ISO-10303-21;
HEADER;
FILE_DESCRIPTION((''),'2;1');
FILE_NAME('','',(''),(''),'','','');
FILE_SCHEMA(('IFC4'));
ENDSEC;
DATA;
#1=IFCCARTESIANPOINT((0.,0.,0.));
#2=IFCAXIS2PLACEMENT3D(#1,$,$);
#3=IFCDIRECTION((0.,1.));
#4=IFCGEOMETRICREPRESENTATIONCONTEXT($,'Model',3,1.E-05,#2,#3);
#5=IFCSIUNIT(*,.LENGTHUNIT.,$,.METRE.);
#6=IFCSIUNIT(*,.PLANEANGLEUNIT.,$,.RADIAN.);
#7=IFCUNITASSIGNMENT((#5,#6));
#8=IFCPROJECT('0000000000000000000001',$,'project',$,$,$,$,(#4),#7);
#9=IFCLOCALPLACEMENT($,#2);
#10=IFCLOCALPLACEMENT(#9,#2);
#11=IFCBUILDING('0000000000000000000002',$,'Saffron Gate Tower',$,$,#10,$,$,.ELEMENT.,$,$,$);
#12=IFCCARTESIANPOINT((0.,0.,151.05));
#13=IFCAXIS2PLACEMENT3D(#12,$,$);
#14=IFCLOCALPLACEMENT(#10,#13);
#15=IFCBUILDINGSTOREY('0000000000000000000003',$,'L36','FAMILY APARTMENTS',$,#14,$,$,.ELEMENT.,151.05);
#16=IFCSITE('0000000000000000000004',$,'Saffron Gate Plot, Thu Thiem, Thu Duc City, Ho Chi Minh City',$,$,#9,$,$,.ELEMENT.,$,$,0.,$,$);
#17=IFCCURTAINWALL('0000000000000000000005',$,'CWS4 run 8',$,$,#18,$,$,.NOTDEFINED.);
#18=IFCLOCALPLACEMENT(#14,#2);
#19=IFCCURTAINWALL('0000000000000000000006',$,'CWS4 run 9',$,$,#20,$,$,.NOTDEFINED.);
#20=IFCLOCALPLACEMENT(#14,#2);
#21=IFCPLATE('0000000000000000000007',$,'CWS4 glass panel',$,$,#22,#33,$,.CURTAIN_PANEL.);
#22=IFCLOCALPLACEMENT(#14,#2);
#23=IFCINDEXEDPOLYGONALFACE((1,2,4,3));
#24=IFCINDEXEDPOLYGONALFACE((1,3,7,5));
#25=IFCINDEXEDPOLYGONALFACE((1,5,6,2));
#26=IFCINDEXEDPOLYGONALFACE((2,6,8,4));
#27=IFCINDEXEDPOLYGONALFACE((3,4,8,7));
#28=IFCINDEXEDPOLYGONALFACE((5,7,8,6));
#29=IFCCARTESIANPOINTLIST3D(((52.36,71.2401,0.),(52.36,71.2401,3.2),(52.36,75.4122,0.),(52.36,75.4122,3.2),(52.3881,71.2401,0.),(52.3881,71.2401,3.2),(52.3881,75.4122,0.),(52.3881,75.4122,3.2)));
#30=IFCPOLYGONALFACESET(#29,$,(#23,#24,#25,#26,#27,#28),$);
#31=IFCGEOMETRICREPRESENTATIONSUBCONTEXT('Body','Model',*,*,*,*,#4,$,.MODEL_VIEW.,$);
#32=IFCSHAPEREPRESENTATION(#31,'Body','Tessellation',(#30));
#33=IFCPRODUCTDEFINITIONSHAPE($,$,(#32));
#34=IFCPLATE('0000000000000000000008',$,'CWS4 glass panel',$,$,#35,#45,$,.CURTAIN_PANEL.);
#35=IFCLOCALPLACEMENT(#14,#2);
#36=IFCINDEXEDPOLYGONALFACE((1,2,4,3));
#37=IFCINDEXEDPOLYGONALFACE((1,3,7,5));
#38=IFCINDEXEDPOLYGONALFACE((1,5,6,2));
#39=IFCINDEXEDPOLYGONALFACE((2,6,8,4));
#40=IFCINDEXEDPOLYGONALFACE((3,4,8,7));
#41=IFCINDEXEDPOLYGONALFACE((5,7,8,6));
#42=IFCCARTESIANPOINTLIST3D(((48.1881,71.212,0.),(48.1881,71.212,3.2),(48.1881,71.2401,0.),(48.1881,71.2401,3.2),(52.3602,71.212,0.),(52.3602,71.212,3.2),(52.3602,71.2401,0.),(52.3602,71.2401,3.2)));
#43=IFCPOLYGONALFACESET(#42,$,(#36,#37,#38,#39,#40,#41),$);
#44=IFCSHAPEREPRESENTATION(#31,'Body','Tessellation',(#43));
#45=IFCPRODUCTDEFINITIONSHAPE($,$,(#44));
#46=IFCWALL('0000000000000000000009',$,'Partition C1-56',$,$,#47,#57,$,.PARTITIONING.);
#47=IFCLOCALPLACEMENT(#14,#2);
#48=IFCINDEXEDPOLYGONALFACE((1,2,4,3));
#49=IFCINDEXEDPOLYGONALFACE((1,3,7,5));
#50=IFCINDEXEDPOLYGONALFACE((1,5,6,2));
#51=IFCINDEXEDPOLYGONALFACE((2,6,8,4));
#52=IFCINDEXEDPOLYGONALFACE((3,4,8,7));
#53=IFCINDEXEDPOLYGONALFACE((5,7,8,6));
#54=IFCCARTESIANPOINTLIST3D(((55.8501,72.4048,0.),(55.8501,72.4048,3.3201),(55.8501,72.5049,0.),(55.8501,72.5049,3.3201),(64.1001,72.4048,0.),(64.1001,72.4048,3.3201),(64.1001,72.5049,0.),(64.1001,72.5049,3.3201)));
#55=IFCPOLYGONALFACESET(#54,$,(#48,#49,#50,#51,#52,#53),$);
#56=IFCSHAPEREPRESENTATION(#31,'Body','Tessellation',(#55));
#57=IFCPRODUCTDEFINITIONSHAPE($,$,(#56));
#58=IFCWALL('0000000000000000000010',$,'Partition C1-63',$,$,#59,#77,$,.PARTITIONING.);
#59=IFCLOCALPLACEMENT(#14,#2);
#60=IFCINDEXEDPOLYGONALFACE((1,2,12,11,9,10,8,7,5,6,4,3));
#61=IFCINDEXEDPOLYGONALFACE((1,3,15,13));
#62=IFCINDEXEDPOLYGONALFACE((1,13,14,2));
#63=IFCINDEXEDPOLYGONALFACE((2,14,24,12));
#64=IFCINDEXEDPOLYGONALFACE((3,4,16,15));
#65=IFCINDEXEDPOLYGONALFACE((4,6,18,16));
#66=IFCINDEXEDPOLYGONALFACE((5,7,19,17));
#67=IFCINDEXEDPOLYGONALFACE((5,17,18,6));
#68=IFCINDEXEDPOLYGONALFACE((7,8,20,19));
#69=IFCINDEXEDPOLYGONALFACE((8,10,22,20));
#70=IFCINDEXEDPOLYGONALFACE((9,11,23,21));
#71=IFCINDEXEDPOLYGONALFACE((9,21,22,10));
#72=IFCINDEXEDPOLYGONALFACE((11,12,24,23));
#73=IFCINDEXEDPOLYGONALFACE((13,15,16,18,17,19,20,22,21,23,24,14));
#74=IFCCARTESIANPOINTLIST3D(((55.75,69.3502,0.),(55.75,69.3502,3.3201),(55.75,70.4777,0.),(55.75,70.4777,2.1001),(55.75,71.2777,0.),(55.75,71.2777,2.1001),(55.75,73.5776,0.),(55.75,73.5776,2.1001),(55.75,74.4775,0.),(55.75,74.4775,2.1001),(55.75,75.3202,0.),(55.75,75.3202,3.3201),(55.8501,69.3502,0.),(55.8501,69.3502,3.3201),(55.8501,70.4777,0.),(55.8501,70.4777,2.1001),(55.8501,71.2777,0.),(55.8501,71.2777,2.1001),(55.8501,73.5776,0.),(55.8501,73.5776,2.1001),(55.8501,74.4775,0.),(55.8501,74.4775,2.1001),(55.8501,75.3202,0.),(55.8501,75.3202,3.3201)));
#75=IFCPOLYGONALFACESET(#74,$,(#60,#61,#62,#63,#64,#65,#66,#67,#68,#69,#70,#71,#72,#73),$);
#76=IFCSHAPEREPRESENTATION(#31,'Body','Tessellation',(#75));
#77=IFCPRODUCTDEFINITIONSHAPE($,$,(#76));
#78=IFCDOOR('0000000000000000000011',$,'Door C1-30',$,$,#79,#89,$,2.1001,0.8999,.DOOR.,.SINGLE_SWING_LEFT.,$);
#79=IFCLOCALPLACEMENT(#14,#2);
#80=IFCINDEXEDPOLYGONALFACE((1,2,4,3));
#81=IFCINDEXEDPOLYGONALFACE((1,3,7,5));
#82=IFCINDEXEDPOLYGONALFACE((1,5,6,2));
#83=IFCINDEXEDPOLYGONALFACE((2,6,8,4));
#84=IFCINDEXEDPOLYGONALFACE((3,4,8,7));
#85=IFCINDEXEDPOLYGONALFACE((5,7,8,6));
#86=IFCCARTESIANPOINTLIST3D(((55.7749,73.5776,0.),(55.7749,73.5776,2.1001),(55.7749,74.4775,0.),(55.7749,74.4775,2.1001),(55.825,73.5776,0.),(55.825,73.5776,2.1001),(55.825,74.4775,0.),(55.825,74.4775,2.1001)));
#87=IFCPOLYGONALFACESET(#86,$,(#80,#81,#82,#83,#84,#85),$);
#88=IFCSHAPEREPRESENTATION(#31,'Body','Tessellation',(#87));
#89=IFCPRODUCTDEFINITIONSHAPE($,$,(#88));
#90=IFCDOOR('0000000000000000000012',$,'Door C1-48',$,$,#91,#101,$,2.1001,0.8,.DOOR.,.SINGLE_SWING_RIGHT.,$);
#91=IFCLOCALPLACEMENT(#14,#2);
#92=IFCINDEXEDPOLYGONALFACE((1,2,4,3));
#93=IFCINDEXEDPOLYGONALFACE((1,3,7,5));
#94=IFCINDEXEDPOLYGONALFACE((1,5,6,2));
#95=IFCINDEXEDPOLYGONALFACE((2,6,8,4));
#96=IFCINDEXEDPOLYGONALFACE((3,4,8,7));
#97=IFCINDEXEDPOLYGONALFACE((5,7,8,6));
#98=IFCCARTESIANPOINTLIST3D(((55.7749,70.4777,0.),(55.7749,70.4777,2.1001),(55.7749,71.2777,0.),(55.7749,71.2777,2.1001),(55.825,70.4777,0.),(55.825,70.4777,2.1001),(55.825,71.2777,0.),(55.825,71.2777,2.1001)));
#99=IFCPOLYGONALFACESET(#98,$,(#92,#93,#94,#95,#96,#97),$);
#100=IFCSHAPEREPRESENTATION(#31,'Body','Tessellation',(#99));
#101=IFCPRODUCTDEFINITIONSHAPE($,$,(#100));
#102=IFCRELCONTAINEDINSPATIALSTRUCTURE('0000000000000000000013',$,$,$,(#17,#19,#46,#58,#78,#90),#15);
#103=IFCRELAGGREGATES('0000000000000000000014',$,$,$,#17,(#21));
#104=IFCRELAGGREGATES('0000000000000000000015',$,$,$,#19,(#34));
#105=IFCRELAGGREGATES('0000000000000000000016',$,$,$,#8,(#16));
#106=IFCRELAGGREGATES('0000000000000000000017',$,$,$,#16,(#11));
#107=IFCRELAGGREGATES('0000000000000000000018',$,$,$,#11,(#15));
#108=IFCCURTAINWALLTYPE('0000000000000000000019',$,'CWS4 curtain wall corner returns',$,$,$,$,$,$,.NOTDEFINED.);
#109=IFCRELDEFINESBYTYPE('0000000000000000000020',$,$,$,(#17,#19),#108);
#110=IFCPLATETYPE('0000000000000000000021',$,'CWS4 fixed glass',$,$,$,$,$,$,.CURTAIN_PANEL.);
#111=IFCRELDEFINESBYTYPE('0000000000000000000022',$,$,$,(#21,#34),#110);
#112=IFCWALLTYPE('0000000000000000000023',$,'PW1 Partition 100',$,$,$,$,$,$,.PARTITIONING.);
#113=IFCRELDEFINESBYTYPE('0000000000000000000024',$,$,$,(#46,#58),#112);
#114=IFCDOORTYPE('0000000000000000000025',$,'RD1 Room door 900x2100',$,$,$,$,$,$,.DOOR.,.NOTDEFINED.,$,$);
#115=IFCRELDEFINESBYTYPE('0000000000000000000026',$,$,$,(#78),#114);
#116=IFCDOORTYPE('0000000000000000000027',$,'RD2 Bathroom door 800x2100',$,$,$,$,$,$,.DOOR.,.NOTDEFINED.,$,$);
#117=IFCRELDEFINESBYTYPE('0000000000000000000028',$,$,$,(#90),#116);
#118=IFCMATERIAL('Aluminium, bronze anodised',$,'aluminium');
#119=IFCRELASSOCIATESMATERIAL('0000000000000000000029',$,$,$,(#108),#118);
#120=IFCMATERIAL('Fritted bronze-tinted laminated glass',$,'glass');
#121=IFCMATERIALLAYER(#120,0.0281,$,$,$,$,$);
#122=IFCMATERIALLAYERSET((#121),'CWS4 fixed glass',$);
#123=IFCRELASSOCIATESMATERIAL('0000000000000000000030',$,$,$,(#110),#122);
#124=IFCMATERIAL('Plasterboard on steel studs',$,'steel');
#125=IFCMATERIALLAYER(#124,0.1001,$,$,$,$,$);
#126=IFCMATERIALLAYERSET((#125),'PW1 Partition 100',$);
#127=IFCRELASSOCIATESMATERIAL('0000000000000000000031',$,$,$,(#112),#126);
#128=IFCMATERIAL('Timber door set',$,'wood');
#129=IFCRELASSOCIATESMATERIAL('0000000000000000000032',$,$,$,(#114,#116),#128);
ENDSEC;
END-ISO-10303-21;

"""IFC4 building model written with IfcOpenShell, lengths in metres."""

from ifc_helpers import new_model, si_unit, direction, frame, frame_2d, origin, place, context, subcontext, project, spatial, rectangle, extrude, material, layer, layer_set, type_object, element, fill, aggregate, save


model = new_model("IFC4")

# Units and contexts
model_context = context("Model", 3, precision=1e-05, world=origin(), true_north=direction((0.0, 1.0)))
body_context = subcontext(model_context, "Body", "Model", "MODEL_VIEW")
ifc_project = project(units=[si_unit("LENGTHUNIT", "METRE"), si_unit("PLANEANGLEUNIT", "RADIAN")], contexts=[model_context])

# Site, building, storey
site_placement = place(None, origin())
site = spatial("IfcSite", under=ifc_project, at=site_placement, Name="Saffron Gate Plot, Thu Thiem, Thu Duc City, Ho Chi Minh City", CompositionType="ELEMENT", RefElevation=0.0)
building_placement = place(site_placement, origin())
building = spatial("IfcBuilding", under=site, at=building_placement, Name="Saffron Gate Tower", CompositionType="ELEMENT")
storey_placement = place(building_placement, frame((0.0, 0.0, 151.05)))
storey = spatial("IfcBuildingStorey", under=building, at=storey_placement, Name="L36", Description="FAMILY APARTMENTS", CompositionType="ELEMENT", Elevation=151.05)

# Shared definitions
ifc_material_1 = material(Name="Aluminium, bronze anodised", Category="aluminium")

# Curtain walls
curtain_wall_type_1 = type_object("IfcCurtainWallType", Name="CWS4 curtain wall corner returns", PredefinedType="NOTDEFINED", material=ifc_material_1)
curtain_wall_1_placement = place(storey_placement, origin())
curtain_wall_1 = element("IfcCurtainWall", 1, at=curtain_wall_1_placement, inside=storey, type_object=curtain_wall_type_1, Name="CWS4 run 8", PredefinedType="NOTDEFINED")
curtain_wall_2_placement = place(storey_placement, origin())
curtain_wall_2 = element("IfcCurtainWall", 2, at=curtain_wall_2_placement, inside=storey, type_object=curtain_wall_type_1, Name="CWS4 run 9", PredefinedType="NOTDEFINED")

# Shared definitions
ifc_material_2 = material(Name="Fritted bronze-tinted laminated glass", Category="glass")

# Plates
ifc_layer_1 = layer(ifc_material_2, 0.0281)
ifc_layer_set_1 = layer_set([ifc_layer_1], Name="CWS4 fixed glass")
plate_type_1 = type_object("IfcPlateType", Name="CWS4 fixed glass", PredefinedType="CURTAIN_PANEL", material=ifc_layer_set_1)
plate_1_placement = place(storey_placement, frame((52.374, 75.4121, 0.0), z_axis=(0.0, 0.0, 1.0), x_axis=(0.0, -1.0, 0.0)))
plate_1 = element("IfcPlate", 3, at=plate_1_placement, type_object=plate_type_1, Name="CWS4 glass panel", PredefinedType="CURTAIN_PANEL", context=body_context, shape_type="SweptSolid", body=[
    extrude(rectangle(XDim=4.1721, YDim=0.0281, at=frame_2d((2.0859, 0.0))), origin(), (0.0, 0.0, 1.0), 3.2),
])
aggregate(curtain_wall_1, [plate_1])
plate_2_placement = place(storey_placement, frame((52.3601, 71.2261, 0.0), z_axis=(0.0, 0.0, 1.0), x_axis=(-1.0, 0.0, 0.0)))
plate_2 = element("IfcPlate", 4, at=plate_2_placement, type_object=plate_type_1, Name="CWS4 glass panel", PredefinedType="CURTAIN_PANEL", context=body_context, shape_type="SweptSolid", body=[
    extrude(rectangle(XDim=4.1721, YDim=0.0281, at=frame_2d((2.0859, 0.0))), origin(), (0.0, 0.0, 1.0), 3.2),
])
aggregate(curtain_wall_2, [plate_2])

# Wall
ifc_material_3 = material(Name="Plasterboard on steel studs", Category="steel")
ifc_layer_2 = layer(ifc_material_3, 0.1001)
ifc_layer_set_2 = layer_set([ifc_layer_2], Name="PW1 Partition 100")
wall_type = type_object("IfcWallType", Name="PW1 Partition 100", PredefinedType="PARTITIONING", material=ifc_layer_set_2)
wall_1_placement = place(storey_placement, frame((55.8501, 72.4548, 0.0), z_axis=(0.0, 0.0, 1.0), x_axis=(1.0, 0.0, 0.0)))
element("IfcWall", 5, at=wall_1_placement, inside=storey, type_object=wall_type, Name="Partition C1-56", PredefinedType="PARTITIONING", context=body_context, shape_type="SweptSolid", body=[
    extrude(rectangle(XDim=8.25, YDim=0.1001, at=frame_2d((4.125, 0.0))), origin(), (0.0, 0.0, 1.0), 3.3201),
])

# Wall, openings, doors
wall_2_placement = place(storey_placement, frame((55.8, 75.3201, 0.0), z_axis=(0.0, 0.0, 1.0), x_axis=(0.0, -1.0, 0.0)))
wall_2 = element("IfcWall", 6, at=wall_2_placement, inside=storey, type_object=wall_type, Name="Partition C1-63", PredefinedType="PARTITIONING", context=body_context, shape_type="SweptSolid", body=[
    extrude(rectangle(XDim=5.97, YDim=0.1001, at=frame_2d((2.9849, 0.0))), origin(), (0.0, 0.0, 1.0), 3.3201),
])
opening_1_placement = place(wall_2_placement, frame((0.8425, 0.0, 0.0)))
opening_1 = element("IfcOpeningElement", 7, at=opening_1_placement, cuts=wall_2, PredefinedType="OPENING", context=body_context, shape_type="SweptSolid", body=[
    extrude(rectangle(XDim=0.8999, YDim=2.1001, at=frame_2d((0.45, 1.05))), frame((0.0, 0.0601, 0.0), z_axis=(0.0, -1.0, 0.0), x_axis=(1.0, 0.0, 0.0)), (0.0, 0.0, 1.0), 0.1201),
])
opening_2_placement = place(wall_2_placement, frame((4.0425, 0.0, 0.0)))
opening_2 = element("IfcOpeningElement", 8, at=opening_2_placement, cuts=wall_2, PredefinedType="OPENING", context=body_context, shape_type="SweptSolid", body=[
    extrude(rectangle(XDim=0.8, YDim=2.1001, at=frame_2d((0.3999, 1.05))), frame((0.0, 0.0601, 0.0), z_axis=(0.0, -1.0, 0.0), x_axis=(1.0, 0.0, 0.0)), (0.0, 0.0, 1.0), 0.1201),
])
ifc_material_4 = material(Name="Timber door set", Category="wood")
door_type_1 = type_object("IfcDoorType", Name="RD1 Room door 900x2100", OperationType="NOTDEFINED", PredefinedType="DOOR", material=ifc_material_4)
door_1_placement = place(opening_1_placement, origin())
door_1 = element("IfcDoor", 9, at=door_1_placement, inside=storey, type_object=door_type_1, Name="Door C1-30", OperationType="SINGLE_SWING_LEFT", OverallHeight=2.1001, OverallWidth=0.8999, PredefinedType="DOOR", context=body_context, shape_type="SweptSolid", body=[
    extrude(rectangle(XDim=0.8999, YDim=2.1001, at=frame_2d((0.45, 1.05))), frame((0.0, 0.0249, 0.0), z_axis=(0.0, -1.0, 0.0), x_axis=(1.0, 0.0, 0.0)), (0.0, 0.0, 1.0), 0.05),
])
fill(opening_1, door_1)
door_type_2 = type_object("IfcDoorType", Name="RD2 Bathroom door 800x2100", OperationType="NOTDEFINED", PredefinedType="DOOR", material=ifc_material_4)
door_2_placement = place(opening_2_placement, origin())
door_2 = element("IfcDoor", 10, at=door_2_placement, inside=storey, type_object=door_type_2, Name="Door C1-48", OperationType="SINGLE_SWING_RIGHT", OverallHeight=2.1001, OverallWidth=0.8, PredefinedType="DOOR", context=body_context, shape_type="SweptSolid", body=[
    extrude(rectangle(XDim=0.8, YDim=2.1001, at=frame_2d((0.3999, 1.05))), frame((0.0, 0.0249, 0.0), z_axis=(0.0, -1.0, 0.0), x_axis=(1.0, 0.0, 0.0)), (0.0, 0.0, 1.0), 0.05),
])
fill(opening_2, door_2)

save(model, "model.ifc")
